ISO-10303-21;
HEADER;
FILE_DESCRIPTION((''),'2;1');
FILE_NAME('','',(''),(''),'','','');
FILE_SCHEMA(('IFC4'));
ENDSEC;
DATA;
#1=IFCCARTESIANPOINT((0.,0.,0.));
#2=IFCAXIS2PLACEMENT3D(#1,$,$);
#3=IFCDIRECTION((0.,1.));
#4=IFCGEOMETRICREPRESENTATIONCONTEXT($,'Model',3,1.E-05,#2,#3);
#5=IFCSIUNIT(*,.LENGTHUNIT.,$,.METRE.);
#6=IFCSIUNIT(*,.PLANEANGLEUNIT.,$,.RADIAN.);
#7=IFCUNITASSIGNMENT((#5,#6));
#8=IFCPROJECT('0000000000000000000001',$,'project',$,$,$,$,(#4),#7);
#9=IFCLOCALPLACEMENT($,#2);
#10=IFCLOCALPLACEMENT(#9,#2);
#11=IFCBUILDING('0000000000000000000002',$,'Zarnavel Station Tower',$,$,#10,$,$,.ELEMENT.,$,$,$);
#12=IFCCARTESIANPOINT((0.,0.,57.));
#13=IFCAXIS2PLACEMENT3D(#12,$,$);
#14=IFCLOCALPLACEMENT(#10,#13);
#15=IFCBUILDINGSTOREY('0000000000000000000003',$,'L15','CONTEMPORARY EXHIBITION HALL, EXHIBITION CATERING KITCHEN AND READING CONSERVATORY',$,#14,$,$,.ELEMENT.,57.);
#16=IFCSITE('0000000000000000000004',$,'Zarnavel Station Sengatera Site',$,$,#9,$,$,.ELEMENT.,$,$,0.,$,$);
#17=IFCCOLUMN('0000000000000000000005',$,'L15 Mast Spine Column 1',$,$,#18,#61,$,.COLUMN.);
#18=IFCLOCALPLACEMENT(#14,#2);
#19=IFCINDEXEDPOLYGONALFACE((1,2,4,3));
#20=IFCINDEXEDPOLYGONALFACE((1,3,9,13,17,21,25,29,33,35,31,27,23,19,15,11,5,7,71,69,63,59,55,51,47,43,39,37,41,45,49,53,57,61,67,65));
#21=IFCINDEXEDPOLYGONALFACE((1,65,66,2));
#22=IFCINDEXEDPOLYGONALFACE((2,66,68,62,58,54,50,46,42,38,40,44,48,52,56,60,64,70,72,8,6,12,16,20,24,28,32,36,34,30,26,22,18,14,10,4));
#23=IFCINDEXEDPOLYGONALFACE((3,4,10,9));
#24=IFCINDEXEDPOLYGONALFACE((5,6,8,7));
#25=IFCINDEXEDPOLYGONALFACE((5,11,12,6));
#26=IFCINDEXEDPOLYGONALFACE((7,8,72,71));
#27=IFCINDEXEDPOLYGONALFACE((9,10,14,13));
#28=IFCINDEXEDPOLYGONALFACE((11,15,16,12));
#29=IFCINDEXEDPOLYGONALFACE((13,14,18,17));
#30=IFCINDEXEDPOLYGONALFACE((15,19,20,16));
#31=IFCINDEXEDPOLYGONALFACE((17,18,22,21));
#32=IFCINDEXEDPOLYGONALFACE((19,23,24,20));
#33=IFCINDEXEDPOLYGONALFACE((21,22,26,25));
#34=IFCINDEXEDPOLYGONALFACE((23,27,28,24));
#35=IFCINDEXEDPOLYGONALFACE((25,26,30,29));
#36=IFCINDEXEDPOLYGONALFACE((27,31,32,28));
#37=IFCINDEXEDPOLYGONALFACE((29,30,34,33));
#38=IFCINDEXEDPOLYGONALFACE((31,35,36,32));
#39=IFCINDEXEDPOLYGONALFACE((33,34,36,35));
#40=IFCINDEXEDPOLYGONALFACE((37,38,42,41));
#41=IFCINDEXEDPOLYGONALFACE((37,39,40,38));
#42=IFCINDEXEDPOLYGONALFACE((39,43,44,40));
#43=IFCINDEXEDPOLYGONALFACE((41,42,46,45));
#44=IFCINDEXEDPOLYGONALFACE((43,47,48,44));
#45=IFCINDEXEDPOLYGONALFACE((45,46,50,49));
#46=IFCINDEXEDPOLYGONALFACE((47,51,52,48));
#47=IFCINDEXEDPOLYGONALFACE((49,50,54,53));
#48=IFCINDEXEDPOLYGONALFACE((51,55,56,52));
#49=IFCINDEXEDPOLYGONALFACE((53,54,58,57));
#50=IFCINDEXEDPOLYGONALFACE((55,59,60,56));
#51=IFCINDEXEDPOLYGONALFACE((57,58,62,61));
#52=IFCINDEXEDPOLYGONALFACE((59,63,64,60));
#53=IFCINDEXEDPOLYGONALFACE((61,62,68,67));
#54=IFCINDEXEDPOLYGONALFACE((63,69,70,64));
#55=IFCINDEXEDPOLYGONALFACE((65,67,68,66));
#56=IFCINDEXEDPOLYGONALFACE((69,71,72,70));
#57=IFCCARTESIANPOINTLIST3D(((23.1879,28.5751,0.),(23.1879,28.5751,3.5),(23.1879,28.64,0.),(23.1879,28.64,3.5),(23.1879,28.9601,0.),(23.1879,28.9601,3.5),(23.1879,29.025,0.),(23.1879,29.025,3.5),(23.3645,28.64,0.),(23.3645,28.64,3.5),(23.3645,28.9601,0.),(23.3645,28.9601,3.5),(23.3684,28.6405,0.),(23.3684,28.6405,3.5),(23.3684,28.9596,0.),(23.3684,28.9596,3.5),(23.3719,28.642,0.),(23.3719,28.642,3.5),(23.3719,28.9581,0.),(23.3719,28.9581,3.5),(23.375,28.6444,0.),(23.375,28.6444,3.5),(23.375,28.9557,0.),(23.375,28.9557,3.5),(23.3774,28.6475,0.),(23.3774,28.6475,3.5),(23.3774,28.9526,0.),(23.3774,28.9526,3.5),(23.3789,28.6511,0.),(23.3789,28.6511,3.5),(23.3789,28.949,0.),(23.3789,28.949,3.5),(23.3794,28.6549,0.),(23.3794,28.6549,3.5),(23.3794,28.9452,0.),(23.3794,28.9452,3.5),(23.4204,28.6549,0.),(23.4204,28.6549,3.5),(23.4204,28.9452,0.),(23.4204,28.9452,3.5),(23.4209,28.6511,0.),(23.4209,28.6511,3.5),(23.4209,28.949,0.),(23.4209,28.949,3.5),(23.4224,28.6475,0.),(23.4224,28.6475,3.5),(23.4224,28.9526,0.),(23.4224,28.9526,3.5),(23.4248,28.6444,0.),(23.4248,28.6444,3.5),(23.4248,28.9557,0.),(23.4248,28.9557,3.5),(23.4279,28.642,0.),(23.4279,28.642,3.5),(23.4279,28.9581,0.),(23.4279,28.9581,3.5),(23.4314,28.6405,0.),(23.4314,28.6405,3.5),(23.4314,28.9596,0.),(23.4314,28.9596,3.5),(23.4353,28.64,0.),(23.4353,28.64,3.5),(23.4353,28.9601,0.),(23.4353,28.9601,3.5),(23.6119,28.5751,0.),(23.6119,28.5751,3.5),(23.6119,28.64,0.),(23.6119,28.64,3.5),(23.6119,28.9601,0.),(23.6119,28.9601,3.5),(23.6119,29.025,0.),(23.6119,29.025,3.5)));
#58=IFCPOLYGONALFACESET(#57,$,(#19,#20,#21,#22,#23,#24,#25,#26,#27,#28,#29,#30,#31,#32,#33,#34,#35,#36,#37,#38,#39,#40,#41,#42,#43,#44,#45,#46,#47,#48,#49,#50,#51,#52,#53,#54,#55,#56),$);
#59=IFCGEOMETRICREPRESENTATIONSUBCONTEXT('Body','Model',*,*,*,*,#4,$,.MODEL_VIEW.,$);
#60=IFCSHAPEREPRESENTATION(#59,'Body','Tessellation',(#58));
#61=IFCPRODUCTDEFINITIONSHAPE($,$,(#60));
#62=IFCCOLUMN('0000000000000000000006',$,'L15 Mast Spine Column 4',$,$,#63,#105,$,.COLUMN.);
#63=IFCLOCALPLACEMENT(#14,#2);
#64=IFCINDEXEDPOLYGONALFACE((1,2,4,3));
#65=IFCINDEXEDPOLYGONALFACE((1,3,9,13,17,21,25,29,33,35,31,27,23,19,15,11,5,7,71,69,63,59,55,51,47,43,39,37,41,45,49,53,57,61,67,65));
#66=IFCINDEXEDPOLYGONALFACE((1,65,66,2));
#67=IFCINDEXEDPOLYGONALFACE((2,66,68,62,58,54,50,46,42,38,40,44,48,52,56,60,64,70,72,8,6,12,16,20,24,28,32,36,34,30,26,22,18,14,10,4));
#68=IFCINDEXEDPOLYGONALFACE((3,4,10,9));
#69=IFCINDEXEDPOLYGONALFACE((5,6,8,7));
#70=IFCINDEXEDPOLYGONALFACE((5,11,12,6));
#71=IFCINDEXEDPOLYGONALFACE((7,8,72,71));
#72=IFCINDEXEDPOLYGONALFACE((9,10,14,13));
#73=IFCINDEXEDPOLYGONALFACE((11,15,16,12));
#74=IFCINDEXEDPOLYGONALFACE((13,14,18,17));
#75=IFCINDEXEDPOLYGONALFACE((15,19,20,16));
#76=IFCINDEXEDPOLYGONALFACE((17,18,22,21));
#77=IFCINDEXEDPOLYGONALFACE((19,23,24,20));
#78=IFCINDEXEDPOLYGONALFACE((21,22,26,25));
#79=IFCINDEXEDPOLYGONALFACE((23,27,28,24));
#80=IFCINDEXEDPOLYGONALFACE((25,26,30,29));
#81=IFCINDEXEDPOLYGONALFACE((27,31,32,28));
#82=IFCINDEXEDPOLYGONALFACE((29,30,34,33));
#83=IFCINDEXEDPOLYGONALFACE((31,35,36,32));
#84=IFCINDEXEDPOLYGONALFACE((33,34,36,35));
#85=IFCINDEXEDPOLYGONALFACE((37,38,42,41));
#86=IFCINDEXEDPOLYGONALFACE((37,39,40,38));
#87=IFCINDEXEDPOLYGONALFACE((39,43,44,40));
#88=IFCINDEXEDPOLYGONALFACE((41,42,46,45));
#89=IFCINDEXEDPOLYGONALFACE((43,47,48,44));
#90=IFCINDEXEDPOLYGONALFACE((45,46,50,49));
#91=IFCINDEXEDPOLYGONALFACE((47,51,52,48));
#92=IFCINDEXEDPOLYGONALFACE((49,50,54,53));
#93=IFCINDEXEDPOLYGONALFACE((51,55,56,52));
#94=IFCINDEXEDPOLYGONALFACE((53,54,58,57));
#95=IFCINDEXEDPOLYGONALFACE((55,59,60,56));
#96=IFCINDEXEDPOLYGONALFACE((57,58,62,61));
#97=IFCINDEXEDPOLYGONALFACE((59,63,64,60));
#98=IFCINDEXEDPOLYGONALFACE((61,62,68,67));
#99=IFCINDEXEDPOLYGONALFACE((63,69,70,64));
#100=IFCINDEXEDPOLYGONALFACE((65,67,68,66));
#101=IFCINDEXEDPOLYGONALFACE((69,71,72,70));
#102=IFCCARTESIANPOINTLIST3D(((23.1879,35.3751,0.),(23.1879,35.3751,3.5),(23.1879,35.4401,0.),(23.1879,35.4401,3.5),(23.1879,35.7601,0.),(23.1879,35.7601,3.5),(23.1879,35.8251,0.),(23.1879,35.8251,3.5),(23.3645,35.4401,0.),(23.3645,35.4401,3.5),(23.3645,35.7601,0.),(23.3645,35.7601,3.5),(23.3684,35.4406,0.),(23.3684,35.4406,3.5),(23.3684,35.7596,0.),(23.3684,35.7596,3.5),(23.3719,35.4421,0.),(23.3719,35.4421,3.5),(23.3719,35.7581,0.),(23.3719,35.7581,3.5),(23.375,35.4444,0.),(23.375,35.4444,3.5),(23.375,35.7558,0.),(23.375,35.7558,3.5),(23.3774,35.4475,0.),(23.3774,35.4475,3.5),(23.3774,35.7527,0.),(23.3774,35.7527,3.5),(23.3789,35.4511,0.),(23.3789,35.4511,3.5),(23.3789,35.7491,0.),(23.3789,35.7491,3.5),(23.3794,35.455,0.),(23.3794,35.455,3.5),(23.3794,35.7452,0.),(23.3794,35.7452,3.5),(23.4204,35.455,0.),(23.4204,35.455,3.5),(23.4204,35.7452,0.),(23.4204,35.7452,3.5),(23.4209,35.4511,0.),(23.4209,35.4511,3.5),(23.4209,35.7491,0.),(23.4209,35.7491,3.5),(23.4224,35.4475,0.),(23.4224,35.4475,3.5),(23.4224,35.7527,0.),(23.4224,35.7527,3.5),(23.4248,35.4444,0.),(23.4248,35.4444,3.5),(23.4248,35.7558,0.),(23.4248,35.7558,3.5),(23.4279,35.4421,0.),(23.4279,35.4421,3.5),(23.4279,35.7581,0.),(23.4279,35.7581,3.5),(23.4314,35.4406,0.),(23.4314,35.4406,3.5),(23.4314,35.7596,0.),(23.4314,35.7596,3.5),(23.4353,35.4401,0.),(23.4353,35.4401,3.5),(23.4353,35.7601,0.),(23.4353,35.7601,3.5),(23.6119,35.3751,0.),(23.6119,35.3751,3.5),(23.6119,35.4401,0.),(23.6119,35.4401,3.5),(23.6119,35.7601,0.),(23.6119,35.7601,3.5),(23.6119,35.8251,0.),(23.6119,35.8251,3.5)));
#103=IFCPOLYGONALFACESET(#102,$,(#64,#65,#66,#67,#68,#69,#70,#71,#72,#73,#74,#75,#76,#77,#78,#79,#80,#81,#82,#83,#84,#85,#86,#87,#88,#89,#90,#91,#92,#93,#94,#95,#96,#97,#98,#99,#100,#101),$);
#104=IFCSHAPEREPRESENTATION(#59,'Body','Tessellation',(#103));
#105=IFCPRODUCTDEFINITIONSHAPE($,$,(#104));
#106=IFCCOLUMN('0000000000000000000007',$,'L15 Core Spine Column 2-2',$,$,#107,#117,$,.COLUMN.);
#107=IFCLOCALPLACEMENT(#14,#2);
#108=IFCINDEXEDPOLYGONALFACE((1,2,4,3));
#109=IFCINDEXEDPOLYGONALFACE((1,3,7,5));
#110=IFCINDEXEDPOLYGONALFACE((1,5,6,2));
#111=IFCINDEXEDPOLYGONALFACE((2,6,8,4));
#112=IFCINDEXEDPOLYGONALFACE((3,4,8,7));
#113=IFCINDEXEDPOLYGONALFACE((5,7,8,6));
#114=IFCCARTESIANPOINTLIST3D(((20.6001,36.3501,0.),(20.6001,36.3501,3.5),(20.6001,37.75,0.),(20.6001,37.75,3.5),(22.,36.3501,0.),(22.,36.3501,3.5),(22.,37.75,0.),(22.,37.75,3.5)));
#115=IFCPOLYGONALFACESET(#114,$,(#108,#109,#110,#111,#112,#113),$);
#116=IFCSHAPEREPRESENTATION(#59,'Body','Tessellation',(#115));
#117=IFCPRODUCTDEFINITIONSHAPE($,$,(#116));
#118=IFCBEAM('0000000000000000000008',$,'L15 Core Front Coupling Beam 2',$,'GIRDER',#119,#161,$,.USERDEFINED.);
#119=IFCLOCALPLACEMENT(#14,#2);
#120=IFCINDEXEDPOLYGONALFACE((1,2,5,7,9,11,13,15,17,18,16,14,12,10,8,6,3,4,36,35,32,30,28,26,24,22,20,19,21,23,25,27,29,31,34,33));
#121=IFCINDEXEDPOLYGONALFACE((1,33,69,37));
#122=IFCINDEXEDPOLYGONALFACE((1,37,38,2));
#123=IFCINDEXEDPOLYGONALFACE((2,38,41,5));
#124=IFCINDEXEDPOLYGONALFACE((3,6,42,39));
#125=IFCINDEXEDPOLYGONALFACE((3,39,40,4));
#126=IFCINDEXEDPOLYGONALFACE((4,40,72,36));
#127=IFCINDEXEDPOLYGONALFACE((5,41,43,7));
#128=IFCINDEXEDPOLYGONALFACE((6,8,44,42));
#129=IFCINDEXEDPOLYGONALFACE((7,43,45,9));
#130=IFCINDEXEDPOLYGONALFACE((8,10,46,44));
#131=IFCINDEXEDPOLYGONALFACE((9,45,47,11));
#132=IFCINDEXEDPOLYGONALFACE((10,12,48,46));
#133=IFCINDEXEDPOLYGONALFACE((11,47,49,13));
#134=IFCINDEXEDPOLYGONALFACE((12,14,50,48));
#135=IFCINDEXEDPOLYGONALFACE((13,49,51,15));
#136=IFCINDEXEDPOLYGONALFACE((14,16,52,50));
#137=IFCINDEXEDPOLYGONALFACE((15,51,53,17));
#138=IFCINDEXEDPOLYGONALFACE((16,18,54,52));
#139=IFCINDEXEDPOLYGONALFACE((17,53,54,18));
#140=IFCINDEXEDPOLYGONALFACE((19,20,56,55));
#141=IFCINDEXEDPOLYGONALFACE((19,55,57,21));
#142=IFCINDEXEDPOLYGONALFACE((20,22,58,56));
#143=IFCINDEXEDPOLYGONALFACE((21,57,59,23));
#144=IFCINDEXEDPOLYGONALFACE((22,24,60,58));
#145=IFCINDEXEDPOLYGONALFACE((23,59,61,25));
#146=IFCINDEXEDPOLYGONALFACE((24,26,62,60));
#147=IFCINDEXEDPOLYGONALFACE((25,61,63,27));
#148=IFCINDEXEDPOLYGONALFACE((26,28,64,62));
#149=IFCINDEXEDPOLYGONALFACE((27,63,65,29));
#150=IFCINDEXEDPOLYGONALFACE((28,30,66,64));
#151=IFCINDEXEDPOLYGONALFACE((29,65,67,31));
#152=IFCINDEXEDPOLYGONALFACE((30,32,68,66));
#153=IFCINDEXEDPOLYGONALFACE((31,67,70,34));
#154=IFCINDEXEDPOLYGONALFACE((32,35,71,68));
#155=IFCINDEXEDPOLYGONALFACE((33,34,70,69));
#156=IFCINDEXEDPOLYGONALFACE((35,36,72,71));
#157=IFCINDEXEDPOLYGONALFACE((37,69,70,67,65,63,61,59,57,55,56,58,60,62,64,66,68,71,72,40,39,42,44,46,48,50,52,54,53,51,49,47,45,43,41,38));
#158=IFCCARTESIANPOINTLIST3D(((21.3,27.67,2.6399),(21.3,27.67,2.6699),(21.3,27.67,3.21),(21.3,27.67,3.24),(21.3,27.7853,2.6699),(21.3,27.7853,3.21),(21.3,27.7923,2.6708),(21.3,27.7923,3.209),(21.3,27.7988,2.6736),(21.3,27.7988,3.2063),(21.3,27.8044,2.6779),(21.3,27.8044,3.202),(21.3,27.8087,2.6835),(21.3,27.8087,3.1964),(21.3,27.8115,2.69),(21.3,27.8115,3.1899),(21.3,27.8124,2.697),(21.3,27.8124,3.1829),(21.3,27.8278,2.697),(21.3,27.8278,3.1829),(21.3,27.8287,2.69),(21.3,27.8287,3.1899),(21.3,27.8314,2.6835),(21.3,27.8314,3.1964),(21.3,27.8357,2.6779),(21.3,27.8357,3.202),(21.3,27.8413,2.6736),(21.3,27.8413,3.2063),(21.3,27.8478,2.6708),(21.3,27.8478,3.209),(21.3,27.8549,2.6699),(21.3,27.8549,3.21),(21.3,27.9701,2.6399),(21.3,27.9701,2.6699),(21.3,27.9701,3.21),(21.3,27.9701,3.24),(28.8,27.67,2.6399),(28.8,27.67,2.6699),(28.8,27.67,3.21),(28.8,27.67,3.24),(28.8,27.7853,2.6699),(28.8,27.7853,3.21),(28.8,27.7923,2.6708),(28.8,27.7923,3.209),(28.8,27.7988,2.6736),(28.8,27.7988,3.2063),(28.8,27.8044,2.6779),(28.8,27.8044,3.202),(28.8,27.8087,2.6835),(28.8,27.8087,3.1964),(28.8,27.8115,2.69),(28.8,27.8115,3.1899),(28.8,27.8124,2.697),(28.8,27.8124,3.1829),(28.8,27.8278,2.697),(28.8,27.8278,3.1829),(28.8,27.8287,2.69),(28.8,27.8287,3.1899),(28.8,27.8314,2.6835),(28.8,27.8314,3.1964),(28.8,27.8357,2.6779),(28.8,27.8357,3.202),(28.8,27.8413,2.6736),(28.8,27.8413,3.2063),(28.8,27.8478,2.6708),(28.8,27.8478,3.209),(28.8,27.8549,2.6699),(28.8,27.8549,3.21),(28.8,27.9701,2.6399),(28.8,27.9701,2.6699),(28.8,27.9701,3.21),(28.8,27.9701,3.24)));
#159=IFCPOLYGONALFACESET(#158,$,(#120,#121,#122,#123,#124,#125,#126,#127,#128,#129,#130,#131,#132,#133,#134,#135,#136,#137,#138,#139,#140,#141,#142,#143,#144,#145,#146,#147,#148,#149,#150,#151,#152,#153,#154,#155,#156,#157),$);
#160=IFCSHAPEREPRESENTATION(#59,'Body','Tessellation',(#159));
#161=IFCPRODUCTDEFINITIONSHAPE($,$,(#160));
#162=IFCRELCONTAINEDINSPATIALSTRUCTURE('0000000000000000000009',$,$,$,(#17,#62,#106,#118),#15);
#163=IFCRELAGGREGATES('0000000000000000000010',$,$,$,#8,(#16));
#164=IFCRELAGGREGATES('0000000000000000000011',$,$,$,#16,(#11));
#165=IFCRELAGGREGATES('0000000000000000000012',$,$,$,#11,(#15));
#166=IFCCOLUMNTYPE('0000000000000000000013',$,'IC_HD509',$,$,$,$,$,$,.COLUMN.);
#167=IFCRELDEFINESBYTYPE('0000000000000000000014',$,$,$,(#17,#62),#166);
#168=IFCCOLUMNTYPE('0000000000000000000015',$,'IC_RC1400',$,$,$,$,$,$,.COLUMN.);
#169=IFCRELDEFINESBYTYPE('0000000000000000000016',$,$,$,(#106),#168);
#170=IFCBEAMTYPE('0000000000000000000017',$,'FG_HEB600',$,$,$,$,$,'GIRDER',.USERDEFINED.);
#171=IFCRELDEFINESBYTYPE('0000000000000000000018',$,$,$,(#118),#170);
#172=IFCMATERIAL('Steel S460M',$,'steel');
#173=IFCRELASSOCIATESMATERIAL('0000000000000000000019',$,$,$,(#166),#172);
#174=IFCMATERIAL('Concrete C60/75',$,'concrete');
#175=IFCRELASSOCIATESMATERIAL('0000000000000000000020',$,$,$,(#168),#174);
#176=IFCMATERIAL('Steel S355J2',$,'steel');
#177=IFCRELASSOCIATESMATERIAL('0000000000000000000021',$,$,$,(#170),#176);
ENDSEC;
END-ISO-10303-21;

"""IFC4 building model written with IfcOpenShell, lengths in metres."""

from ifc_helpers import new_model, si_unit, direction, frame, origin, origin_2d, place, context, subcontext, project, spatial, rectangle, i_section, extrude, material, material_profile, profile_set, type_object, element, save


model = new_model("IFC4")

# Units and contexts
model_context = context("Model", 3, precision=1e-05, world=origin(), true_north=direction((0.0, 1.0)))
body_context = subcontext(model_context, "Body", "Model", "MODEL_VIEW")
ifc_project = project(units=[si_unit("LENGTHUNIT", "METRE"), si_unit("PLANEANGLEUNIT", "RADIAN")], contexts=[model_context])

# Site, building, storey
site_placement = place(None, origin())
site = spatial("IfcSite", under=ifc_project, at=site_placement, Name="Zarnavel Station Sengatera Site", CompositionType="ELEMENT", RefElevation=0.0)
building_placement = place(site_placement, origin())
building = spatial("IfcBuilding", under=site, at=building_placement, Name="Zarnavel Station Tower", CompositionType="ELEMENT")
storey_placement = place(building_placement, frame((0.0, 0.0, 57.0)))
storey = spatial("IfcBuildingStorey", under=building, at=storey_placement, Name="L15", Description="CONTEMPORARY EXHIBITION HALL, EXHIBITION CATERING KITCHEN AND READING CONSERVATORY", CompositionType="ELEMENT", Elevation=57.0)

# Columns
ifc_material_1 = material(Name="Steel S460M", Category="steel")
ifc_material_profile_1 = material_profile(ifc_material_1, i_section(OverallWidth=0.4241, OverallDepth=0.45, WebThickness=0.041, FlangeThickness=0.0649, FilletRadius=0.0149, at=origin_2d()), Name="HD400x509")
ifc_profile_set_1 = profile_set([ifc_material_profile_1], Name="Steel S460M")
column_type_1 = type_object("IfcColumnType", Name="IC_HD509", PredefinedType="COLUMN", material=ifc_profile_set_1)
for number, where, z_axis, x_axis, name in (
    (1, (23.3999, 28.8, 0.0), (0.0, 0.0, 1.0), (1.0, 0.0, 0.0), "L15 Mast Spine Column 1"),
    (2, (23.3999, 35.6001, 0.0), (0.0, 0.0, 1.0), (1.0, 0.0, 0.0), "L15 Mast Spine Column 4"),
):
    element("IfcColumn", number, at=place(storey_placement, frame(where, z_axis=z_axis, x_axis=x_axis)), inside=storey, type_object=column_type_1, Name=name, PredefinedType="COLUMN", context=body_context, shape_type="SweptSolid", body=[
        extrude(i_section(OverallWidth=0.4241, OverallDepth=0.45, WebThickness=0.041, FlangeThickness=0.0649, FilletRadius=0.0149, at=origin_2d()), origin(), (0.0, 0.0, 1.0), 3.5),
    ])
ifc_material_2 = material(Name="Concrete C60/75", Category="concrete")
ifc_material_profile_2 = material_profile(ifc_material_2, rectangle(XDim=1.3999, YDim=1.3999, at=origin_2d()), Name="RC1400x1400")
ifc_profile_set_2 = profile_set([ifc_material_profile_2], Name="Concrete C60/75")
column_type_2 = type_object("IfcColumnType", Name="IC_RC1400", PredefinedType="COLUMN", material=ifc_profile_set_2)
column_placement = place(storey_placement, frame((21.3, 37.05, 0.0), z_axis=(0.0, 0.0, 1.0), x_axis=(1.0, 0.0, 0.0)))
element("IfcColumn", 3, at=column_placement, inside=storey, type_object=column_type_2, Name="L15 Core Spine Column 2-2", PredefinedType="COLUMN", context=body_context, shape_type="SweptSolid", body=[
    extrude(rectangle(XDim=1.3999, YDim=1.3999, at=origin_2d()), origin(), (0.0, 0.0, 1.0), 3.5),
])

# Beam
ifc_material_3 = material(Name="Steel S355J2", Category="steel")
ifc_material_profile_3 = material_profile(ifc_material_3, i_section(OverallWidth=0.3, OverallDepth=0.6001, WebThickness=0.0154, FlangeThickness=0.03, FilletRadius=0.0271, at=origin_2d()), Name="HEB600")
ifc_profile_set_3 = profile_set([ifc_material_profile_3], Name="Steel S355J2")
beam_type_1 = type_object("IfcBeamType", Name="FG_HEB600", ElementType="GIRDER", PredefinedType="USERDEFINED", material=ifc_profile_set_3)
beam_1_placement = place(storey_placement, frame((21.3, 27.8201, 2.9399), z_axis=(1.0, 0.0, 0.0), x_axis=(0.0, 1.0, 0.0)))
element("IfcBeam", 4, at=beam_1_placement, inside=storey, type_object=beam_type_1, Name="L15 Core Front Coupling Beam 2", ObjectType="GIRDER", PredefinedType="USERDEFINED", context=body_context, shape_type="SweptSolid", body=[
    extrude(i_section(OverallWidth=0.3, OverallDepth=0.6001, WebThickness=0.0154, FlangeThickness=0.03, FilletRadius=0.0271, at=origin_2d()), origin(), (0.0, 0.0, 1.0), 7.5),
])

save(model, "model.ifc")
